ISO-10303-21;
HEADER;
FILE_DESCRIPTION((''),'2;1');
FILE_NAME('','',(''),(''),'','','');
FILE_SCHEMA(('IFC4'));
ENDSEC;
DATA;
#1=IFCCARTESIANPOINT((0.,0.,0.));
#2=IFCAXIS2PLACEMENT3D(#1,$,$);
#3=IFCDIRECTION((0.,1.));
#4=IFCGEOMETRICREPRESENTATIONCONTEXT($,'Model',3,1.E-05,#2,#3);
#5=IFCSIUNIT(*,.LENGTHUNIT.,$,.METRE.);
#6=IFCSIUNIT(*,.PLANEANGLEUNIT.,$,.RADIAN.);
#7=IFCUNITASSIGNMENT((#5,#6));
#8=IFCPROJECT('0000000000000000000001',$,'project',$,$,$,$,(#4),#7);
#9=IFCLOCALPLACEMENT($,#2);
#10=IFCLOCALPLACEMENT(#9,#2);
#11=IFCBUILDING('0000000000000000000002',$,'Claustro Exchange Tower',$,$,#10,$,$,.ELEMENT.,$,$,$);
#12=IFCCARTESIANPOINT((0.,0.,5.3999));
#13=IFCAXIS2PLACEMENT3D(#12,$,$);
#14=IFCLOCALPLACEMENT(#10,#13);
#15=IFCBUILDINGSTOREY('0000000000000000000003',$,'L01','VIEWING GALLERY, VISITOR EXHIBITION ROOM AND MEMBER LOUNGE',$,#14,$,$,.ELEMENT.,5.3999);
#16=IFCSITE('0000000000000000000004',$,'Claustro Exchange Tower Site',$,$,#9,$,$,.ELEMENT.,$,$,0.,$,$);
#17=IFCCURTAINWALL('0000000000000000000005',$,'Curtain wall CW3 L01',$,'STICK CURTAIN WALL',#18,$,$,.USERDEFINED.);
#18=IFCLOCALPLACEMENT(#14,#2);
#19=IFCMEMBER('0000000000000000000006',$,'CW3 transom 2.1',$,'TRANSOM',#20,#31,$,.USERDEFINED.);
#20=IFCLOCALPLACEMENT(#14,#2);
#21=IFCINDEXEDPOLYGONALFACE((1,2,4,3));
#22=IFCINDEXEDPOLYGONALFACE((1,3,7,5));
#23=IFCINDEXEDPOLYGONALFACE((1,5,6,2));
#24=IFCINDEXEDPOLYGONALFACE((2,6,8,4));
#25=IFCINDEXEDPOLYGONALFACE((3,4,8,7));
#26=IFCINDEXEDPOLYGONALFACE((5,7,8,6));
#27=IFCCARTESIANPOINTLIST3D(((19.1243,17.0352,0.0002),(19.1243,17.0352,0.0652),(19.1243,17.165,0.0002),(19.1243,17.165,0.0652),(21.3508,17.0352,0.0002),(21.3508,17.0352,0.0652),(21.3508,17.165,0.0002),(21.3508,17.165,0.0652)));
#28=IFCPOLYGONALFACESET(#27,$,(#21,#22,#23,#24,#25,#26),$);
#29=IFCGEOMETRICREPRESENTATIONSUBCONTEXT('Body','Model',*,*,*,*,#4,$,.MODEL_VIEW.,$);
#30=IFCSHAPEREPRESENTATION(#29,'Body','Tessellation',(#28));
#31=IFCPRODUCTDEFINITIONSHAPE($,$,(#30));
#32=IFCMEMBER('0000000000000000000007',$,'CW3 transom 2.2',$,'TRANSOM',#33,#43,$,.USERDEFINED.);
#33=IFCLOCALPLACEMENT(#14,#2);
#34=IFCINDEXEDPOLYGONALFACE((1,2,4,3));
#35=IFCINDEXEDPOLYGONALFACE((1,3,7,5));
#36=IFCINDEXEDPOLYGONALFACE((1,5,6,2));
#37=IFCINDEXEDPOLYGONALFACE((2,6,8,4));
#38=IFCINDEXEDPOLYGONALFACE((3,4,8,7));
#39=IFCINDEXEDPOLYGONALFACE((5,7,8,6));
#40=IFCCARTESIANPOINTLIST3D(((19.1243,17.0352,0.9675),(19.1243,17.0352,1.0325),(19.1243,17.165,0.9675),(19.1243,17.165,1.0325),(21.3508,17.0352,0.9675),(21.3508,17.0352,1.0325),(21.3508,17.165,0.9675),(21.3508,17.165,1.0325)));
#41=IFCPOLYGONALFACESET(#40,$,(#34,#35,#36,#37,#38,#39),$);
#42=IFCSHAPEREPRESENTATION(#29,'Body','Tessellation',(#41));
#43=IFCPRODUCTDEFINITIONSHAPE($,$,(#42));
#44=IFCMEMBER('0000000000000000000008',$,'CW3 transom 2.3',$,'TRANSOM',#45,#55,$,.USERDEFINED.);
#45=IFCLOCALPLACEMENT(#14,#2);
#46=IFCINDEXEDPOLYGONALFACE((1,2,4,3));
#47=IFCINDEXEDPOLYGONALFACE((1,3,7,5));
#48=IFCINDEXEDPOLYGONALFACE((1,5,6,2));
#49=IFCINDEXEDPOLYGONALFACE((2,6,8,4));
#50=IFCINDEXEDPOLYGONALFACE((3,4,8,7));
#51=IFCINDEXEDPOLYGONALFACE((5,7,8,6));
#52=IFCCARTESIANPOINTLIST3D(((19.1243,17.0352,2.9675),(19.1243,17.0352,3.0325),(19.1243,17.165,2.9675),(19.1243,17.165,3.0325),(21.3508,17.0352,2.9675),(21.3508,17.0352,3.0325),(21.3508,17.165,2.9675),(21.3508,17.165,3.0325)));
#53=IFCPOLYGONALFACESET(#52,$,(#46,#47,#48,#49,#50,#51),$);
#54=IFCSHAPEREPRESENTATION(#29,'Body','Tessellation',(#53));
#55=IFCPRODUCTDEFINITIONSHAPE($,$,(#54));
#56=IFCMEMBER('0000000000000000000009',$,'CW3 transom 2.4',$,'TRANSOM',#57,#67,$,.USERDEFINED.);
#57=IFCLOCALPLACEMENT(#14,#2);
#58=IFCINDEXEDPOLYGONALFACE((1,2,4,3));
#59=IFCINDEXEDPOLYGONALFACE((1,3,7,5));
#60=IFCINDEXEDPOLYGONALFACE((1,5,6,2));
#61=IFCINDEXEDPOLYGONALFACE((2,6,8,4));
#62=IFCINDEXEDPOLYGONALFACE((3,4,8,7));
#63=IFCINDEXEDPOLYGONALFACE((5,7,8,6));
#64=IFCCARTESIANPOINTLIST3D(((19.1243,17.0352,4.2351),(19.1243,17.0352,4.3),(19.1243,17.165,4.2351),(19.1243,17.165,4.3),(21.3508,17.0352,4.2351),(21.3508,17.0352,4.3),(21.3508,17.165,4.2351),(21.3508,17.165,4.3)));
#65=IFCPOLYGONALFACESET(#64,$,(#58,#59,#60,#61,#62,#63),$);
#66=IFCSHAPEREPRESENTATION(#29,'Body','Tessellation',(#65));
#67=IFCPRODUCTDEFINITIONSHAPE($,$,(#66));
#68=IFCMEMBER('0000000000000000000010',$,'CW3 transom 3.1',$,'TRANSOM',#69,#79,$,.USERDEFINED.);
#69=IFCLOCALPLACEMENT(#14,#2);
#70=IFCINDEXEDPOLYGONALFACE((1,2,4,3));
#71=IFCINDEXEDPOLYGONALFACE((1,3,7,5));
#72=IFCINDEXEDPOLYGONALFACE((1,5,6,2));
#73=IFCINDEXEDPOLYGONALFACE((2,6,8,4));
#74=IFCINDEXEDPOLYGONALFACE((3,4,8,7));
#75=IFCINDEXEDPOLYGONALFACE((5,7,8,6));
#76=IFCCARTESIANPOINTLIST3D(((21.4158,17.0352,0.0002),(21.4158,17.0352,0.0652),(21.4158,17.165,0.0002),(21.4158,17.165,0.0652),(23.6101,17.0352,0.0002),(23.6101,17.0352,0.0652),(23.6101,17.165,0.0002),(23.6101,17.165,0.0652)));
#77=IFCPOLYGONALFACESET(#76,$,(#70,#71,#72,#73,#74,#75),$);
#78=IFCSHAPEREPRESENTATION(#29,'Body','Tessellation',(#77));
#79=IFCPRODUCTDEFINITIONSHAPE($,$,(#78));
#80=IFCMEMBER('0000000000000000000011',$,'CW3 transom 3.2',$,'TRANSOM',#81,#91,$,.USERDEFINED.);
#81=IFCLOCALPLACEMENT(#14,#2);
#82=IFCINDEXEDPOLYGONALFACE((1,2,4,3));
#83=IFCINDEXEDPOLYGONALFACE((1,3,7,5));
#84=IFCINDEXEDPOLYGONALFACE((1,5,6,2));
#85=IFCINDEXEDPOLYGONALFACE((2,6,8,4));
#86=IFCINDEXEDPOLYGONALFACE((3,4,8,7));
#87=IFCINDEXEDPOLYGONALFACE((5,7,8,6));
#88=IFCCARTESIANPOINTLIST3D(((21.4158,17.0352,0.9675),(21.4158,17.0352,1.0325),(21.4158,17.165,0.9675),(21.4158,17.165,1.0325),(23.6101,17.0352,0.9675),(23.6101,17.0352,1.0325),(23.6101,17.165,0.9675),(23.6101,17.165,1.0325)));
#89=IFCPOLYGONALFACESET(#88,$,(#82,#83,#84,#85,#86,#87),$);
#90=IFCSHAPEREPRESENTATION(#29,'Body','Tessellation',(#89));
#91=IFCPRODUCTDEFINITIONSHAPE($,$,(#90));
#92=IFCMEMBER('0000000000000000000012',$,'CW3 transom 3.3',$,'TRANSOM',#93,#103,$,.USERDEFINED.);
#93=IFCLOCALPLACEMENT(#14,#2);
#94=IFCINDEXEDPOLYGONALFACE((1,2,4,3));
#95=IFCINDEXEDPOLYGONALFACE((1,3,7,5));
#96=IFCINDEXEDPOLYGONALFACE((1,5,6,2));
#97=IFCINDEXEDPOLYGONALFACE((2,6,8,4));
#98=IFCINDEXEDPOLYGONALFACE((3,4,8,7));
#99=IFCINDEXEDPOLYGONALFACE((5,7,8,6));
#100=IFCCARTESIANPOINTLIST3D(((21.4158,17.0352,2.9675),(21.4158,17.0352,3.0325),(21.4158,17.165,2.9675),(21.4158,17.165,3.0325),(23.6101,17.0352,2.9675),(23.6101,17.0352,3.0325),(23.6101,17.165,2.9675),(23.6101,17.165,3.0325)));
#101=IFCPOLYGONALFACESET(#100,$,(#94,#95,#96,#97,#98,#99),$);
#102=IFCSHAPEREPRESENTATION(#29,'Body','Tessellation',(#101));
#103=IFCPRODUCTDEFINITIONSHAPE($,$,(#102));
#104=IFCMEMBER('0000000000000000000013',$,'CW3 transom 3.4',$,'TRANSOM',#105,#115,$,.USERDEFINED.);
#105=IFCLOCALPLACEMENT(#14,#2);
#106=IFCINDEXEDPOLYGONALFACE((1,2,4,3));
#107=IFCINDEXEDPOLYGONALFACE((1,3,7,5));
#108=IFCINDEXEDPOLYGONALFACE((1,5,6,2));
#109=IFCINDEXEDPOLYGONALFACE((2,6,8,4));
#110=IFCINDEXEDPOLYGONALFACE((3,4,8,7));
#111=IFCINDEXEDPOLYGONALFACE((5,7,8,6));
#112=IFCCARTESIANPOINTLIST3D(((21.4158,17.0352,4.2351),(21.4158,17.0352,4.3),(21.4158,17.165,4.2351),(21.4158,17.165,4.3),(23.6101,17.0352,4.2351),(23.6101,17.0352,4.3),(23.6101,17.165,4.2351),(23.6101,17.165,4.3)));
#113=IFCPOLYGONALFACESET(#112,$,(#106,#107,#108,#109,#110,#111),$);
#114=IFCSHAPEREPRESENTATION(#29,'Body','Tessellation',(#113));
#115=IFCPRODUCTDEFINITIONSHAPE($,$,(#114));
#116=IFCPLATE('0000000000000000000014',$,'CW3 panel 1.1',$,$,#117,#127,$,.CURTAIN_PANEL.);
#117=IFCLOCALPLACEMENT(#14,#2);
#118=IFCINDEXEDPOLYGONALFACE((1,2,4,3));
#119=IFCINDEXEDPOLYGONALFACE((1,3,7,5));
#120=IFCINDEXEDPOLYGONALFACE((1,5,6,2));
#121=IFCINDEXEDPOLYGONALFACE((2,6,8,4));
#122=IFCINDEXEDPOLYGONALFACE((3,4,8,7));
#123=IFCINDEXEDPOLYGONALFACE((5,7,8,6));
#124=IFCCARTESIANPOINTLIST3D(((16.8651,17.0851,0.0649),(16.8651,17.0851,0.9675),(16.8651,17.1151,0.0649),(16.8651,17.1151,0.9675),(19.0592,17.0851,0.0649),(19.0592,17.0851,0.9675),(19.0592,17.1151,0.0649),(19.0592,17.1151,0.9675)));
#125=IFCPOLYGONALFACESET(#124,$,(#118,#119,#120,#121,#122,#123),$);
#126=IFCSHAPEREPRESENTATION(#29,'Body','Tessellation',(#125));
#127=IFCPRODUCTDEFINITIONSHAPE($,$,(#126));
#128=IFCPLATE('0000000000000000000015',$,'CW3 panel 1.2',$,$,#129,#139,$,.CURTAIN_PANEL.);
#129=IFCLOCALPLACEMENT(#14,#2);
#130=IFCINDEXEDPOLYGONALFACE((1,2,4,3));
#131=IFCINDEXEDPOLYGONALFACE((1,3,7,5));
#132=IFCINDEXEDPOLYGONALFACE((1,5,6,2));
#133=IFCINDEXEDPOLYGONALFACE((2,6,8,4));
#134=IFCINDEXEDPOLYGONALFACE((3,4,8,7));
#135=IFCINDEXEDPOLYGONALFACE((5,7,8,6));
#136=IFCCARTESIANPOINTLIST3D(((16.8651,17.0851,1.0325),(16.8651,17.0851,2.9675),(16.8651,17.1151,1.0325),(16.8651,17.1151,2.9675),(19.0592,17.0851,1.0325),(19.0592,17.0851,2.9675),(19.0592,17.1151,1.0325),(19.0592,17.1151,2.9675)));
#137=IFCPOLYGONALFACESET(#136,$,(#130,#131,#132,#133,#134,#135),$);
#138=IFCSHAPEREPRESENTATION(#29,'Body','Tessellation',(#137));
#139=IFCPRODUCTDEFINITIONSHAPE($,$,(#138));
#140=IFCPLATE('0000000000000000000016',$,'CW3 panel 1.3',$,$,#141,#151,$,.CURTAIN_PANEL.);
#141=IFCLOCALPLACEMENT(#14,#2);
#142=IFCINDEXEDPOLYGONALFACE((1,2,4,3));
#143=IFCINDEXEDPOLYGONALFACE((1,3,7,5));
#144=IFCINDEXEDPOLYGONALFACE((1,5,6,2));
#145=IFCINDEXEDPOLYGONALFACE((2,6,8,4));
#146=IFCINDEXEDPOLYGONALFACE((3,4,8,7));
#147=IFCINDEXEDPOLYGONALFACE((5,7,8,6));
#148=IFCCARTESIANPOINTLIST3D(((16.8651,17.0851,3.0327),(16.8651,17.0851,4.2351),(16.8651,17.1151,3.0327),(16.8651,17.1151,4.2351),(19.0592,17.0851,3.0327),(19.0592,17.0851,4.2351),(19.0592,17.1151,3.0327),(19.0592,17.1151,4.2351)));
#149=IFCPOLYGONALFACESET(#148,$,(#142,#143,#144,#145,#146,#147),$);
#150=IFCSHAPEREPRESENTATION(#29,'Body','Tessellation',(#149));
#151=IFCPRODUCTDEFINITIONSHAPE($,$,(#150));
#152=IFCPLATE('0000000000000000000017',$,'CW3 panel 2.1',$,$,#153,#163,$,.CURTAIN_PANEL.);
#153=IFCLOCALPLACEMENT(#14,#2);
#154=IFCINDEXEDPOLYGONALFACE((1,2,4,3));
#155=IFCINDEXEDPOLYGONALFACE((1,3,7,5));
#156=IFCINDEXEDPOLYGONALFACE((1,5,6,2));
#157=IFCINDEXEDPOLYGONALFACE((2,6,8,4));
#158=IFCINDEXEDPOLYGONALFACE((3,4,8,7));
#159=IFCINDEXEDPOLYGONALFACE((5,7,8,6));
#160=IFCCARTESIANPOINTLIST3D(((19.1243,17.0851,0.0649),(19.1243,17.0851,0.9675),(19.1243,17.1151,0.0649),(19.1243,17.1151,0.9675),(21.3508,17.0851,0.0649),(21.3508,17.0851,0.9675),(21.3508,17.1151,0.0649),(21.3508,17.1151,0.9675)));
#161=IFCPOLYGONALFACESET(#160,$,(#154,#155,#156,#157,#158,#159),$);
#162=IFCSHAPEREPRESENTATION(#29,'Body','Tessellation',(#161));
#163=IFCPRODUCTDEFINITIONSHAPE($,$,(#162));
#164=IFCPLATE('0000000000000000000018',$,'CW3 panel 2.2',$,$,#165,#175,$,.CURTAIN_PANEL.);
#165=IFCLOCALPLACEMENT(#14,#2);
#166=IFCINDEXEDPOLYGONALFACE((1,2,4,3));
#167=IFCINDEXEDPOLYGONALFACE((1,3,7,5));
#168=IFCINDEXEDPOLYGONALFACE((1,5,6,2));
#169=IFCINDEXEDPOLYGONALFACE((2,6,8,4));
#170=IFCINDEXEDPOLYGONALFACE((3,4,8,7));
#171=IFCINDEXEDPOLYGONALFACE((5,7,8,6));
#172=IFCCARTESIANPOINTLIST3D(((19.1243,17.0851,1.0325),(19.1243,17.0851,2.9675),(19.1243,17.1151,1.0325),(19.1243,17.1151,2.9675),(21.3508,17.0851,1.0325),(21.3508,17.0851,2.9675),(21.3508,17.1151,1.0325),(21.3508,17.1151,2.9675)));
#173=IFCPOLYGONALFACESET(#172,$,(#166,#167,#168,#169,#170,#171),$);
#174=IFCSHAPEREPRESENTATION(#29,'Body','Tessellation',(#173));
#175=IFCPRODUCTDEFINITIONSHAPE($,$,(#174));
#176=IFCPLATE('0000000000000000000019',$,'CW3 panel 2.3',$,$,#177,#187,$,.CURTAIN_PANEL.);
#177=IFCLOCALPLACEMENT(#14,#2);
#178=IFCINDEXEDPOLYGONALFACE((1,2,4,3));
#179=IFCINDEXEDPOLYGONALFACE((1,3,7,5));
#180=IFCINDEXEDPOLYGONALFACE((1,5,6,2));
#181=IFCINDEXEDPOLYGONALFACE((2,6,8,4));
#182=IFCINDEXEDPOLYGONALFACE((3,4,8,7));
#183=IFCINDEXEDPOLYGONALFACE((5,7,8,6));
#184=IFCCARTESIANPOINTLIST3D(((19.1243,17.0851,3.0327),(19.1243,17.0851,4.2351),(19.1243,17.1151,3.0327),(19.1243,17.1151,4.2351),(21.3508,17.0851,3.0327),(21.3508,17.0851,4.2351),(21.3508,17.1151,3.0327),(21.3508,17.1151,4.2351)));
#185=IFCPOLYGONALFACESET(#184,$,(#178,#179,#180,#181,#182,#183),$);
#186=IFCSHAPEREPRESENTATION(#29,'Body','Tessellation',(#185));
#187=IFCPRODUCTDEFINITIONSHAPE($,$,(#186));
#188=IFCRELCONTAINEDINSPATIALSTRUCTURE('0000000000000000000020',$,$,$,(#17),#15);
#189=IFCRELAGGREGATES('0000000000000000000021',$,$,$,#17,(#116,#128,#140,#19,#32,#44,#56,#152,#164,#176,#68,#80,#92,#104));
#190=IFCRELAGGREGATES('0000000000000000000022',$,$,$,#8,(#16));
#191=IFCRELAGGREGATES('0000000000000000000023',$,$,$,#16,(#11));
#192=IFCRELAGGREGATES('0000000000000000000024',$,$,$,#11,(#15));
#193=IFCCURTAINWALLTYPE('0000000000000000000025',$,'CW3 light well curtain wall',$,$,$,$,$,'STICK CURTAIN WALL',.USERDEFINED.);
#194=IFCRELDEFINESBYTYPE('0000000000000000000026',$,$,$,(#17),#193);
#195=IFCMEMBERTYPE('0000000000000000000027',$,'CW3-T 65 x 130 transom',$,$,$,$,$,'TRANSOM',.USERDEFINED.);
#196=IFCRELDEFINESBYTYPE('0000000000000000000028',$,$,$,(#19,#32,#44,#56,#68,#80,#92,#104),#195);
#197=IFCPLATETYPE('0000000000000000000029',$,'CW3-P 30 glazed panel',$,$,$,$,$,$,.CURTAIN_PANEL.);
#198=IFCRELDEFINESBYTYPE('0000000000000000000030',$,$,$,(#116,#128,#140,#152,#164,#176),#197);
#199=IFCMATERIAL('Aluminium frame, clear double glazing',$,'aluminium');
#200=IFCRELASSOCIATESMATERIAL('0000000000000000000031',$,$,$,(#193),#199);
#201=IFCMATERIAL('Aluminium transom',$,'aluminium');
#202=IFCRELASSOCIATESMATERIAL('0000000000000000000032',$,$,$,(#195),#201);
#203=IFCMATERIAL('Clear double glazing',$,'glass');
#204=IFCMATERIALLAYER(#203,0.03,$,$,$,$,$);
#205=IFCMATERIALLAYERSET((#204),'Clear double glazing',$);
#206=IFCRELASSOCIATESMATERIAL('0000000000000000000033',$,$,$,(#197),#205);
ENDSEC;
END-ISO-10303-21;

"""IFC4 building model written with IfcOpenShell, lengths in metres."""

from ifc_helpers import new_model, si_unit, direction, frame, origin, origin_2d, place, context, subcontext, project, spatial, rectangle, extrude, material, layer, layer_set, material_profile, profile_set, type_object, element, aggregate, save


model = new_model("IFC4")

# Units and contexts
model_context = context("Model", 3, precision=1e-05, world=origin(), true_north=direction((0.0, 1.0)))
body_context = subcontext(model_context, "Body", "Model", "MODEL_VIEW")
ifc_project = project(units=[si_unit("LENGTHUNIT", "METRE"), si_unit("PLANEANGLEUNIT", "RADIAN")], contexts=[model_context])

# Site, building, storey
site_placement = place(None, origin())
site = spatial("IfcSite", under=ifc_project, at=site_placement, Name="Claustro Exchange Tower Site", CompositionType="ELEMENT", RefElevation=0.0)
building_placement = place(site_placement, origin())
building = spatial("IfcBuilding", under=site, at=building_placement, Name="Claustro Exchange Tower", CompositionType="ELEMENT")
storey_placement = place(building_placement, frame((0.0, 0.0, 5.3999)))
storey = spatial("IfcBuildingStorey", under=building, at=storey_placement, Name="L01", Description="VIEWING GALLERY, VISITOR EXHIBITION ROOM AND MEMBER LOUNGE", CompositionType="ELEMENT", Elevation=5.3999)

# Curtain wall, members, plates
ifc_material_1 = material(Name="Aluminium frame, clear double glazing", Category="aluminium")
curtain_wall_type = type_object("IfcCurtainWallType", Name="CW3 light well curtain wall", ElementType="STICK CURTAIN WALL", PredefinedType="USERDEFINED", material=ifc_material_1)
curtain_wall_placement = place(storey_placement, origin())
curtain_wall = element("IfcCurtainWall", 1, at=curtain_wall_placement, inside=storey, type_object=curtain_wall_type, Name="Curtain wall CW3 L01", ObjectType="STICK CURTAIN WALL", PredefinedType="USERDEFINED")
ifc_material_2 = material(Name="Aluminium transom", Category="aluminium")
ifc_material_profile_1 = material_profile(ifc_material_2, rectangle(XDim=0.1299, YDim=0.0649, at=origin_2d()), Name="CW3-T 65x130")
ifc_profile_set_1 = profile_set([ifc_material_profile_1], Name="Aluminium transom")
member_type_1 = type_object("IfcMemberType", Name="CW3-T 65 x 130 transom", ElementType="TRANSOM", PredefinedType="USERDEFINED", material=ifc_profile_set_1)
member_1_placement = place(storey_placement, frame((19.1243, 17.1001, 0.0327), z_axis=(1.0, 0.0, 0.0), x_axis=(0.0, 1.0, 0.0)))
member_1 = element("IfcMember", 2, at=member_1_placement, type_object=member_type_1, Name="CW3 transom 2.1", ObjectType="TRANSOM", PredefinedType="USERDEFINED", context=body_context, shape_type="SweptSolid", body=[
    extrude(rectangle(XDim=0.1299, YDim=0.0649, at=origin_2d()), origin(), (0.0, 0.0, 1.0), 2.2266),
])
member_2_placement = place(storey_placement, frame((19.1243, 17.1001, 1.0), z_axis=(1.0, 0.0, 0.0), x_axis=(0.0, 1.0, 0.0)))
member_2 = element("IfcMember", 3, at=member_2_placement, type_object=member_type_1, Name="CW3 transom 2.2", ObjectType="TRANSOM", PredefinedType="USERDEFINED", context=body_context, shape_type="SweptSolid", body=[
    extrude(rectangle(XDim=0.1299, YDim=0.0649, at=origin_2d()), origin(), (0.0, 0.0, 1.0), 2.2266),
])
member_3_placement = place(storey_placement, frame((19.1243, 17.1001, 3.0), z_axis=(1.0, 0.0, 0.0), x_axis=(0.0, 1.0, 0.0)))
member_3 = element("IfcMember", 4, at=member_3_placement, type_object=member_type_1, Name="CW3 transom 2.3", ObjectType="TRANSOM", PredefinedType="USERDEFINED", context=body_context, shape_type="SweptSolid", body=[
    extrude(rectangle(XDim=0.1299, YDim=0.0649, at=origin_2d()), origin(), (0.0, 0.0, 1.0), 2.2266),
])
member_4_placement = place(storey_placement, frame((19.1243, 17.1001, 4.2676), z_axis=(1.0, 0.0, 0.0), x_axis=(0.0, 1.0, 0.0)))
member_4 = element("IfcMember", 5, at=member_4_placement, type_object=member_type_1, Name="CW3 transom 2.4", ObjectType="TRANSOM", PredefinedType="USERDEFINED", context=body_context, shape_type="SweptSolid", body=[
    extrude(rectangle(XDim=0.1299, YDim=0.0649, at=origin_2d()), origin(), (0.0, 0.0, 1.0), 2.2266),
])
member_5_placement = place(storey_placement, frame((21.4158, 17.1001, 0.0327), z_axis=(1.0, 0.0, 0.0), x_axis=(0.0, 1.0, 0.0)))
member_5 = element("IfcMember", 6, at=member_5_placement, type_object=member_type_1, Name="CW3 transom 3.1", ObjectType="TRANSOM", PredefinedType="USERDEFINED", context=body_context, shape_type="SweptSolid", body=[
    extrude(rectangle(XDim=0.1299, YDim=0.0649, at=origin_2d()), origin(), (0.0, 0.0, 1.0), 2.1943),
])
member_6_placement = place(storey_placement, frame((21.4158, 17.1001, 1.0), z_axis=(1.0, 0.0, 0.0), x_axis=(0.0, 1.0, 0.0)))
member_6 = element("IfcMember", 7, at=member_6_placement, type_object=member_type_1, Name="CW3 transom 3.2", ObjectType="TRANSOM", PredefinedType="USERDEFINED", context=body_context, shape_type="SweptSolid", body=[
    extrude(rectangle(XDim=0.1299, YDim=0.0649, at=origin_2d()), origin(), (0.0, 0.0, 1.0), 2.1943),
])
member_7_placement = place(storey_placement, frame((21.4158, 17.1001, 3.0), z_axis=(1.0, 0.0, 0.0), x_axis=(0.0, 1.0, 0.0)))
member_7 = element("IfcMember", 8, at=member_7_placement, type_object=member_type_1, Name="CW3 transom 3.3", ObjectType="TRANSOM", PredefinedType="USERDEFINED", context=body_context, shape_type="SweptSolid", body=[
    extrude(rectangle(XDim=0.1299, YDim=0.0649, at=origin_2d()), origin(), (0.0, 0.0, 1.0), 2.1943),
])
member_8_placement = place(storey_placement, frame((21.4158, 17.1001, 4.2676), z_axis=(1.0, 0.0, 0.0), x_axis=(0.0, 1.0, 0.0)))
member_8 = element("IfcMember", 9, at=member_8_placement, type_object=member_type_1, Name="CW3 transom 3.4", ObjectType="TRANSOM", PredefinedType="USERDEFINED", context=body_context, shape_type="SweptSolid", body=[
    extrude(rectangle(XDim=0.1299, YDim=0.0649, at=origin_2d()), origin(), (0.0, 0.0, 1.0), 2.1943),
])
ifc_material_3 = material(Name="Clear double glazing", Category="glass")
ifc_layer = layer(ifc_material_3, 0.03)
ifc_layer_set = layer_set([ifc_layer], Name="Clear double glazing")
plate_type = type_object("IfcPlateType", Name="CW3-P 30 glazed panel", PredefinedType="CURTAIN_PANEL", material=ifc_layer_set)
plate_1_placement = place(storey_placement, frame((17.9622, 17.1001, 0.0649), z_axis=(0.0, 0.0, 1.0), x_axis=(1.0, 0.0, 0.0)))
plate_1 = element("IfcPlate", 10, at=plate_1_placement, type_object=plate_type, Name="CW3 panel 1.1", PredefinedType="CURTAIN_PANEL", context=body_context, shape_type="SweptSolid", body=[
    extrude(rectangle(XDim=2.1941, YDim=0.03, at=origin_2d()), origin(), (0.0, 0.0, 1.0), 0.9026),
])
plate_2_placement = place(storey_placement, frame((17.9622, 17.1001, 1.0325), z_axis=(0.0, 0.0, 1.0), x_axis=(1.0, 0.0, 0.0)))
plate_2 = element("IfcPlate", 11, at=plate_2_placement, type_object=plate_type, Name="CW3 panel 1.2", PredefinedType="CURTAIN_PANEL", context=body_context, shape_type="SweptSolid", body=[
    extrude(rectangle(XDim=2.1941, YDim=0.03, at=origin_2d()), origin(), (0.0, 0.0, 1.0), 1.9351),
])
plate_3_placement = place(storey_placement, frame((17.9622, 17.1001, 3.0327), z_axis=(0.0, 0.0, 1.0), x_axis=(1.0, 0.0, 0.0)))
plate_3 = element("IfcPlate", 12, at=plate_3_placement, type_object=plate_type, Name="CW3 panel 1.3", PredefinedType="CURTAIN_PANEL", context=body_context, shape_type="SweptSolid", body=[
    extrude(rectangle(XDim=2.1941, YDim=0.03, at=origin_2d()), origin(), (0.0, 0.0, 1.0), 1.2024),
])
plate_4_placement = place(storey_placement, frame((20.2375, 17.1001, 0.0649), z_axis=(0.0, 0.0, 1.0), x_axis=(1.0, 0.0, 0.0)))
plate_4 = element("IfcPlate", 13, at=plate_4_placement, type_object=plate_type, Name="CW3 panel 2.1", PredefinedType="CURTAIN_PANEL", context=body_context, shape_type="SweptSolid", body=[
    extrude(rectangle(XDim=2.2266, YDim=0.03, at=origin_2d()), origin(), (0.0, 0.0, 1.0), 0.9026),
])
plate_5_placement = place(storey_placement, frame((20.2375, 17.1001, 1.0325), z_axis=(0.0, 0.0, 1.0), x_axis=(1.0, 0.0, 0.0)))
plate_5 = element("IfcPlate", 14, at=plate_5_placement, type_object=plate_type, Name="CW3 panel 2.2", PredefinedType="CURTAIN_PANEL", context=body_context, shape_type="SweptSolid", body=[
    extrude(rectangle(XDim=2.2266, YDim=0.03, at=origin_2d()), origin(), (0.0, 0.0, 1.0), 1.9351),
])
plate_6_placement = place(storey_placement, frame((20.2375, 17.1001, 3.0327), z_axis=(0.0, 0.0, 1.0), x_axis=(1.0, 0.0, 0.0)))
plate_6 = element("IfcPlate", 15, at=plate_6_placement, type_object=plate_type, Name="CW3 panel 2.3", PredefinedType="CURTAIN_PANEL", context=body_context, shape_type="SweptSolid", body=[
    extrude(rectangle(XDim=2.2266, YDim=0.03, at=origin_2d()), origin(), (0.0, 0.0, 1.0), 1.2024),
])
aggregate(curtain_wall, [plate_1, plate_2, plate_3, member_1, member_2, member_3, member_4, plate_4, plate_5, plate_6, member_5, member_6, member_7, member_8])

save(model, "model.ifc")
